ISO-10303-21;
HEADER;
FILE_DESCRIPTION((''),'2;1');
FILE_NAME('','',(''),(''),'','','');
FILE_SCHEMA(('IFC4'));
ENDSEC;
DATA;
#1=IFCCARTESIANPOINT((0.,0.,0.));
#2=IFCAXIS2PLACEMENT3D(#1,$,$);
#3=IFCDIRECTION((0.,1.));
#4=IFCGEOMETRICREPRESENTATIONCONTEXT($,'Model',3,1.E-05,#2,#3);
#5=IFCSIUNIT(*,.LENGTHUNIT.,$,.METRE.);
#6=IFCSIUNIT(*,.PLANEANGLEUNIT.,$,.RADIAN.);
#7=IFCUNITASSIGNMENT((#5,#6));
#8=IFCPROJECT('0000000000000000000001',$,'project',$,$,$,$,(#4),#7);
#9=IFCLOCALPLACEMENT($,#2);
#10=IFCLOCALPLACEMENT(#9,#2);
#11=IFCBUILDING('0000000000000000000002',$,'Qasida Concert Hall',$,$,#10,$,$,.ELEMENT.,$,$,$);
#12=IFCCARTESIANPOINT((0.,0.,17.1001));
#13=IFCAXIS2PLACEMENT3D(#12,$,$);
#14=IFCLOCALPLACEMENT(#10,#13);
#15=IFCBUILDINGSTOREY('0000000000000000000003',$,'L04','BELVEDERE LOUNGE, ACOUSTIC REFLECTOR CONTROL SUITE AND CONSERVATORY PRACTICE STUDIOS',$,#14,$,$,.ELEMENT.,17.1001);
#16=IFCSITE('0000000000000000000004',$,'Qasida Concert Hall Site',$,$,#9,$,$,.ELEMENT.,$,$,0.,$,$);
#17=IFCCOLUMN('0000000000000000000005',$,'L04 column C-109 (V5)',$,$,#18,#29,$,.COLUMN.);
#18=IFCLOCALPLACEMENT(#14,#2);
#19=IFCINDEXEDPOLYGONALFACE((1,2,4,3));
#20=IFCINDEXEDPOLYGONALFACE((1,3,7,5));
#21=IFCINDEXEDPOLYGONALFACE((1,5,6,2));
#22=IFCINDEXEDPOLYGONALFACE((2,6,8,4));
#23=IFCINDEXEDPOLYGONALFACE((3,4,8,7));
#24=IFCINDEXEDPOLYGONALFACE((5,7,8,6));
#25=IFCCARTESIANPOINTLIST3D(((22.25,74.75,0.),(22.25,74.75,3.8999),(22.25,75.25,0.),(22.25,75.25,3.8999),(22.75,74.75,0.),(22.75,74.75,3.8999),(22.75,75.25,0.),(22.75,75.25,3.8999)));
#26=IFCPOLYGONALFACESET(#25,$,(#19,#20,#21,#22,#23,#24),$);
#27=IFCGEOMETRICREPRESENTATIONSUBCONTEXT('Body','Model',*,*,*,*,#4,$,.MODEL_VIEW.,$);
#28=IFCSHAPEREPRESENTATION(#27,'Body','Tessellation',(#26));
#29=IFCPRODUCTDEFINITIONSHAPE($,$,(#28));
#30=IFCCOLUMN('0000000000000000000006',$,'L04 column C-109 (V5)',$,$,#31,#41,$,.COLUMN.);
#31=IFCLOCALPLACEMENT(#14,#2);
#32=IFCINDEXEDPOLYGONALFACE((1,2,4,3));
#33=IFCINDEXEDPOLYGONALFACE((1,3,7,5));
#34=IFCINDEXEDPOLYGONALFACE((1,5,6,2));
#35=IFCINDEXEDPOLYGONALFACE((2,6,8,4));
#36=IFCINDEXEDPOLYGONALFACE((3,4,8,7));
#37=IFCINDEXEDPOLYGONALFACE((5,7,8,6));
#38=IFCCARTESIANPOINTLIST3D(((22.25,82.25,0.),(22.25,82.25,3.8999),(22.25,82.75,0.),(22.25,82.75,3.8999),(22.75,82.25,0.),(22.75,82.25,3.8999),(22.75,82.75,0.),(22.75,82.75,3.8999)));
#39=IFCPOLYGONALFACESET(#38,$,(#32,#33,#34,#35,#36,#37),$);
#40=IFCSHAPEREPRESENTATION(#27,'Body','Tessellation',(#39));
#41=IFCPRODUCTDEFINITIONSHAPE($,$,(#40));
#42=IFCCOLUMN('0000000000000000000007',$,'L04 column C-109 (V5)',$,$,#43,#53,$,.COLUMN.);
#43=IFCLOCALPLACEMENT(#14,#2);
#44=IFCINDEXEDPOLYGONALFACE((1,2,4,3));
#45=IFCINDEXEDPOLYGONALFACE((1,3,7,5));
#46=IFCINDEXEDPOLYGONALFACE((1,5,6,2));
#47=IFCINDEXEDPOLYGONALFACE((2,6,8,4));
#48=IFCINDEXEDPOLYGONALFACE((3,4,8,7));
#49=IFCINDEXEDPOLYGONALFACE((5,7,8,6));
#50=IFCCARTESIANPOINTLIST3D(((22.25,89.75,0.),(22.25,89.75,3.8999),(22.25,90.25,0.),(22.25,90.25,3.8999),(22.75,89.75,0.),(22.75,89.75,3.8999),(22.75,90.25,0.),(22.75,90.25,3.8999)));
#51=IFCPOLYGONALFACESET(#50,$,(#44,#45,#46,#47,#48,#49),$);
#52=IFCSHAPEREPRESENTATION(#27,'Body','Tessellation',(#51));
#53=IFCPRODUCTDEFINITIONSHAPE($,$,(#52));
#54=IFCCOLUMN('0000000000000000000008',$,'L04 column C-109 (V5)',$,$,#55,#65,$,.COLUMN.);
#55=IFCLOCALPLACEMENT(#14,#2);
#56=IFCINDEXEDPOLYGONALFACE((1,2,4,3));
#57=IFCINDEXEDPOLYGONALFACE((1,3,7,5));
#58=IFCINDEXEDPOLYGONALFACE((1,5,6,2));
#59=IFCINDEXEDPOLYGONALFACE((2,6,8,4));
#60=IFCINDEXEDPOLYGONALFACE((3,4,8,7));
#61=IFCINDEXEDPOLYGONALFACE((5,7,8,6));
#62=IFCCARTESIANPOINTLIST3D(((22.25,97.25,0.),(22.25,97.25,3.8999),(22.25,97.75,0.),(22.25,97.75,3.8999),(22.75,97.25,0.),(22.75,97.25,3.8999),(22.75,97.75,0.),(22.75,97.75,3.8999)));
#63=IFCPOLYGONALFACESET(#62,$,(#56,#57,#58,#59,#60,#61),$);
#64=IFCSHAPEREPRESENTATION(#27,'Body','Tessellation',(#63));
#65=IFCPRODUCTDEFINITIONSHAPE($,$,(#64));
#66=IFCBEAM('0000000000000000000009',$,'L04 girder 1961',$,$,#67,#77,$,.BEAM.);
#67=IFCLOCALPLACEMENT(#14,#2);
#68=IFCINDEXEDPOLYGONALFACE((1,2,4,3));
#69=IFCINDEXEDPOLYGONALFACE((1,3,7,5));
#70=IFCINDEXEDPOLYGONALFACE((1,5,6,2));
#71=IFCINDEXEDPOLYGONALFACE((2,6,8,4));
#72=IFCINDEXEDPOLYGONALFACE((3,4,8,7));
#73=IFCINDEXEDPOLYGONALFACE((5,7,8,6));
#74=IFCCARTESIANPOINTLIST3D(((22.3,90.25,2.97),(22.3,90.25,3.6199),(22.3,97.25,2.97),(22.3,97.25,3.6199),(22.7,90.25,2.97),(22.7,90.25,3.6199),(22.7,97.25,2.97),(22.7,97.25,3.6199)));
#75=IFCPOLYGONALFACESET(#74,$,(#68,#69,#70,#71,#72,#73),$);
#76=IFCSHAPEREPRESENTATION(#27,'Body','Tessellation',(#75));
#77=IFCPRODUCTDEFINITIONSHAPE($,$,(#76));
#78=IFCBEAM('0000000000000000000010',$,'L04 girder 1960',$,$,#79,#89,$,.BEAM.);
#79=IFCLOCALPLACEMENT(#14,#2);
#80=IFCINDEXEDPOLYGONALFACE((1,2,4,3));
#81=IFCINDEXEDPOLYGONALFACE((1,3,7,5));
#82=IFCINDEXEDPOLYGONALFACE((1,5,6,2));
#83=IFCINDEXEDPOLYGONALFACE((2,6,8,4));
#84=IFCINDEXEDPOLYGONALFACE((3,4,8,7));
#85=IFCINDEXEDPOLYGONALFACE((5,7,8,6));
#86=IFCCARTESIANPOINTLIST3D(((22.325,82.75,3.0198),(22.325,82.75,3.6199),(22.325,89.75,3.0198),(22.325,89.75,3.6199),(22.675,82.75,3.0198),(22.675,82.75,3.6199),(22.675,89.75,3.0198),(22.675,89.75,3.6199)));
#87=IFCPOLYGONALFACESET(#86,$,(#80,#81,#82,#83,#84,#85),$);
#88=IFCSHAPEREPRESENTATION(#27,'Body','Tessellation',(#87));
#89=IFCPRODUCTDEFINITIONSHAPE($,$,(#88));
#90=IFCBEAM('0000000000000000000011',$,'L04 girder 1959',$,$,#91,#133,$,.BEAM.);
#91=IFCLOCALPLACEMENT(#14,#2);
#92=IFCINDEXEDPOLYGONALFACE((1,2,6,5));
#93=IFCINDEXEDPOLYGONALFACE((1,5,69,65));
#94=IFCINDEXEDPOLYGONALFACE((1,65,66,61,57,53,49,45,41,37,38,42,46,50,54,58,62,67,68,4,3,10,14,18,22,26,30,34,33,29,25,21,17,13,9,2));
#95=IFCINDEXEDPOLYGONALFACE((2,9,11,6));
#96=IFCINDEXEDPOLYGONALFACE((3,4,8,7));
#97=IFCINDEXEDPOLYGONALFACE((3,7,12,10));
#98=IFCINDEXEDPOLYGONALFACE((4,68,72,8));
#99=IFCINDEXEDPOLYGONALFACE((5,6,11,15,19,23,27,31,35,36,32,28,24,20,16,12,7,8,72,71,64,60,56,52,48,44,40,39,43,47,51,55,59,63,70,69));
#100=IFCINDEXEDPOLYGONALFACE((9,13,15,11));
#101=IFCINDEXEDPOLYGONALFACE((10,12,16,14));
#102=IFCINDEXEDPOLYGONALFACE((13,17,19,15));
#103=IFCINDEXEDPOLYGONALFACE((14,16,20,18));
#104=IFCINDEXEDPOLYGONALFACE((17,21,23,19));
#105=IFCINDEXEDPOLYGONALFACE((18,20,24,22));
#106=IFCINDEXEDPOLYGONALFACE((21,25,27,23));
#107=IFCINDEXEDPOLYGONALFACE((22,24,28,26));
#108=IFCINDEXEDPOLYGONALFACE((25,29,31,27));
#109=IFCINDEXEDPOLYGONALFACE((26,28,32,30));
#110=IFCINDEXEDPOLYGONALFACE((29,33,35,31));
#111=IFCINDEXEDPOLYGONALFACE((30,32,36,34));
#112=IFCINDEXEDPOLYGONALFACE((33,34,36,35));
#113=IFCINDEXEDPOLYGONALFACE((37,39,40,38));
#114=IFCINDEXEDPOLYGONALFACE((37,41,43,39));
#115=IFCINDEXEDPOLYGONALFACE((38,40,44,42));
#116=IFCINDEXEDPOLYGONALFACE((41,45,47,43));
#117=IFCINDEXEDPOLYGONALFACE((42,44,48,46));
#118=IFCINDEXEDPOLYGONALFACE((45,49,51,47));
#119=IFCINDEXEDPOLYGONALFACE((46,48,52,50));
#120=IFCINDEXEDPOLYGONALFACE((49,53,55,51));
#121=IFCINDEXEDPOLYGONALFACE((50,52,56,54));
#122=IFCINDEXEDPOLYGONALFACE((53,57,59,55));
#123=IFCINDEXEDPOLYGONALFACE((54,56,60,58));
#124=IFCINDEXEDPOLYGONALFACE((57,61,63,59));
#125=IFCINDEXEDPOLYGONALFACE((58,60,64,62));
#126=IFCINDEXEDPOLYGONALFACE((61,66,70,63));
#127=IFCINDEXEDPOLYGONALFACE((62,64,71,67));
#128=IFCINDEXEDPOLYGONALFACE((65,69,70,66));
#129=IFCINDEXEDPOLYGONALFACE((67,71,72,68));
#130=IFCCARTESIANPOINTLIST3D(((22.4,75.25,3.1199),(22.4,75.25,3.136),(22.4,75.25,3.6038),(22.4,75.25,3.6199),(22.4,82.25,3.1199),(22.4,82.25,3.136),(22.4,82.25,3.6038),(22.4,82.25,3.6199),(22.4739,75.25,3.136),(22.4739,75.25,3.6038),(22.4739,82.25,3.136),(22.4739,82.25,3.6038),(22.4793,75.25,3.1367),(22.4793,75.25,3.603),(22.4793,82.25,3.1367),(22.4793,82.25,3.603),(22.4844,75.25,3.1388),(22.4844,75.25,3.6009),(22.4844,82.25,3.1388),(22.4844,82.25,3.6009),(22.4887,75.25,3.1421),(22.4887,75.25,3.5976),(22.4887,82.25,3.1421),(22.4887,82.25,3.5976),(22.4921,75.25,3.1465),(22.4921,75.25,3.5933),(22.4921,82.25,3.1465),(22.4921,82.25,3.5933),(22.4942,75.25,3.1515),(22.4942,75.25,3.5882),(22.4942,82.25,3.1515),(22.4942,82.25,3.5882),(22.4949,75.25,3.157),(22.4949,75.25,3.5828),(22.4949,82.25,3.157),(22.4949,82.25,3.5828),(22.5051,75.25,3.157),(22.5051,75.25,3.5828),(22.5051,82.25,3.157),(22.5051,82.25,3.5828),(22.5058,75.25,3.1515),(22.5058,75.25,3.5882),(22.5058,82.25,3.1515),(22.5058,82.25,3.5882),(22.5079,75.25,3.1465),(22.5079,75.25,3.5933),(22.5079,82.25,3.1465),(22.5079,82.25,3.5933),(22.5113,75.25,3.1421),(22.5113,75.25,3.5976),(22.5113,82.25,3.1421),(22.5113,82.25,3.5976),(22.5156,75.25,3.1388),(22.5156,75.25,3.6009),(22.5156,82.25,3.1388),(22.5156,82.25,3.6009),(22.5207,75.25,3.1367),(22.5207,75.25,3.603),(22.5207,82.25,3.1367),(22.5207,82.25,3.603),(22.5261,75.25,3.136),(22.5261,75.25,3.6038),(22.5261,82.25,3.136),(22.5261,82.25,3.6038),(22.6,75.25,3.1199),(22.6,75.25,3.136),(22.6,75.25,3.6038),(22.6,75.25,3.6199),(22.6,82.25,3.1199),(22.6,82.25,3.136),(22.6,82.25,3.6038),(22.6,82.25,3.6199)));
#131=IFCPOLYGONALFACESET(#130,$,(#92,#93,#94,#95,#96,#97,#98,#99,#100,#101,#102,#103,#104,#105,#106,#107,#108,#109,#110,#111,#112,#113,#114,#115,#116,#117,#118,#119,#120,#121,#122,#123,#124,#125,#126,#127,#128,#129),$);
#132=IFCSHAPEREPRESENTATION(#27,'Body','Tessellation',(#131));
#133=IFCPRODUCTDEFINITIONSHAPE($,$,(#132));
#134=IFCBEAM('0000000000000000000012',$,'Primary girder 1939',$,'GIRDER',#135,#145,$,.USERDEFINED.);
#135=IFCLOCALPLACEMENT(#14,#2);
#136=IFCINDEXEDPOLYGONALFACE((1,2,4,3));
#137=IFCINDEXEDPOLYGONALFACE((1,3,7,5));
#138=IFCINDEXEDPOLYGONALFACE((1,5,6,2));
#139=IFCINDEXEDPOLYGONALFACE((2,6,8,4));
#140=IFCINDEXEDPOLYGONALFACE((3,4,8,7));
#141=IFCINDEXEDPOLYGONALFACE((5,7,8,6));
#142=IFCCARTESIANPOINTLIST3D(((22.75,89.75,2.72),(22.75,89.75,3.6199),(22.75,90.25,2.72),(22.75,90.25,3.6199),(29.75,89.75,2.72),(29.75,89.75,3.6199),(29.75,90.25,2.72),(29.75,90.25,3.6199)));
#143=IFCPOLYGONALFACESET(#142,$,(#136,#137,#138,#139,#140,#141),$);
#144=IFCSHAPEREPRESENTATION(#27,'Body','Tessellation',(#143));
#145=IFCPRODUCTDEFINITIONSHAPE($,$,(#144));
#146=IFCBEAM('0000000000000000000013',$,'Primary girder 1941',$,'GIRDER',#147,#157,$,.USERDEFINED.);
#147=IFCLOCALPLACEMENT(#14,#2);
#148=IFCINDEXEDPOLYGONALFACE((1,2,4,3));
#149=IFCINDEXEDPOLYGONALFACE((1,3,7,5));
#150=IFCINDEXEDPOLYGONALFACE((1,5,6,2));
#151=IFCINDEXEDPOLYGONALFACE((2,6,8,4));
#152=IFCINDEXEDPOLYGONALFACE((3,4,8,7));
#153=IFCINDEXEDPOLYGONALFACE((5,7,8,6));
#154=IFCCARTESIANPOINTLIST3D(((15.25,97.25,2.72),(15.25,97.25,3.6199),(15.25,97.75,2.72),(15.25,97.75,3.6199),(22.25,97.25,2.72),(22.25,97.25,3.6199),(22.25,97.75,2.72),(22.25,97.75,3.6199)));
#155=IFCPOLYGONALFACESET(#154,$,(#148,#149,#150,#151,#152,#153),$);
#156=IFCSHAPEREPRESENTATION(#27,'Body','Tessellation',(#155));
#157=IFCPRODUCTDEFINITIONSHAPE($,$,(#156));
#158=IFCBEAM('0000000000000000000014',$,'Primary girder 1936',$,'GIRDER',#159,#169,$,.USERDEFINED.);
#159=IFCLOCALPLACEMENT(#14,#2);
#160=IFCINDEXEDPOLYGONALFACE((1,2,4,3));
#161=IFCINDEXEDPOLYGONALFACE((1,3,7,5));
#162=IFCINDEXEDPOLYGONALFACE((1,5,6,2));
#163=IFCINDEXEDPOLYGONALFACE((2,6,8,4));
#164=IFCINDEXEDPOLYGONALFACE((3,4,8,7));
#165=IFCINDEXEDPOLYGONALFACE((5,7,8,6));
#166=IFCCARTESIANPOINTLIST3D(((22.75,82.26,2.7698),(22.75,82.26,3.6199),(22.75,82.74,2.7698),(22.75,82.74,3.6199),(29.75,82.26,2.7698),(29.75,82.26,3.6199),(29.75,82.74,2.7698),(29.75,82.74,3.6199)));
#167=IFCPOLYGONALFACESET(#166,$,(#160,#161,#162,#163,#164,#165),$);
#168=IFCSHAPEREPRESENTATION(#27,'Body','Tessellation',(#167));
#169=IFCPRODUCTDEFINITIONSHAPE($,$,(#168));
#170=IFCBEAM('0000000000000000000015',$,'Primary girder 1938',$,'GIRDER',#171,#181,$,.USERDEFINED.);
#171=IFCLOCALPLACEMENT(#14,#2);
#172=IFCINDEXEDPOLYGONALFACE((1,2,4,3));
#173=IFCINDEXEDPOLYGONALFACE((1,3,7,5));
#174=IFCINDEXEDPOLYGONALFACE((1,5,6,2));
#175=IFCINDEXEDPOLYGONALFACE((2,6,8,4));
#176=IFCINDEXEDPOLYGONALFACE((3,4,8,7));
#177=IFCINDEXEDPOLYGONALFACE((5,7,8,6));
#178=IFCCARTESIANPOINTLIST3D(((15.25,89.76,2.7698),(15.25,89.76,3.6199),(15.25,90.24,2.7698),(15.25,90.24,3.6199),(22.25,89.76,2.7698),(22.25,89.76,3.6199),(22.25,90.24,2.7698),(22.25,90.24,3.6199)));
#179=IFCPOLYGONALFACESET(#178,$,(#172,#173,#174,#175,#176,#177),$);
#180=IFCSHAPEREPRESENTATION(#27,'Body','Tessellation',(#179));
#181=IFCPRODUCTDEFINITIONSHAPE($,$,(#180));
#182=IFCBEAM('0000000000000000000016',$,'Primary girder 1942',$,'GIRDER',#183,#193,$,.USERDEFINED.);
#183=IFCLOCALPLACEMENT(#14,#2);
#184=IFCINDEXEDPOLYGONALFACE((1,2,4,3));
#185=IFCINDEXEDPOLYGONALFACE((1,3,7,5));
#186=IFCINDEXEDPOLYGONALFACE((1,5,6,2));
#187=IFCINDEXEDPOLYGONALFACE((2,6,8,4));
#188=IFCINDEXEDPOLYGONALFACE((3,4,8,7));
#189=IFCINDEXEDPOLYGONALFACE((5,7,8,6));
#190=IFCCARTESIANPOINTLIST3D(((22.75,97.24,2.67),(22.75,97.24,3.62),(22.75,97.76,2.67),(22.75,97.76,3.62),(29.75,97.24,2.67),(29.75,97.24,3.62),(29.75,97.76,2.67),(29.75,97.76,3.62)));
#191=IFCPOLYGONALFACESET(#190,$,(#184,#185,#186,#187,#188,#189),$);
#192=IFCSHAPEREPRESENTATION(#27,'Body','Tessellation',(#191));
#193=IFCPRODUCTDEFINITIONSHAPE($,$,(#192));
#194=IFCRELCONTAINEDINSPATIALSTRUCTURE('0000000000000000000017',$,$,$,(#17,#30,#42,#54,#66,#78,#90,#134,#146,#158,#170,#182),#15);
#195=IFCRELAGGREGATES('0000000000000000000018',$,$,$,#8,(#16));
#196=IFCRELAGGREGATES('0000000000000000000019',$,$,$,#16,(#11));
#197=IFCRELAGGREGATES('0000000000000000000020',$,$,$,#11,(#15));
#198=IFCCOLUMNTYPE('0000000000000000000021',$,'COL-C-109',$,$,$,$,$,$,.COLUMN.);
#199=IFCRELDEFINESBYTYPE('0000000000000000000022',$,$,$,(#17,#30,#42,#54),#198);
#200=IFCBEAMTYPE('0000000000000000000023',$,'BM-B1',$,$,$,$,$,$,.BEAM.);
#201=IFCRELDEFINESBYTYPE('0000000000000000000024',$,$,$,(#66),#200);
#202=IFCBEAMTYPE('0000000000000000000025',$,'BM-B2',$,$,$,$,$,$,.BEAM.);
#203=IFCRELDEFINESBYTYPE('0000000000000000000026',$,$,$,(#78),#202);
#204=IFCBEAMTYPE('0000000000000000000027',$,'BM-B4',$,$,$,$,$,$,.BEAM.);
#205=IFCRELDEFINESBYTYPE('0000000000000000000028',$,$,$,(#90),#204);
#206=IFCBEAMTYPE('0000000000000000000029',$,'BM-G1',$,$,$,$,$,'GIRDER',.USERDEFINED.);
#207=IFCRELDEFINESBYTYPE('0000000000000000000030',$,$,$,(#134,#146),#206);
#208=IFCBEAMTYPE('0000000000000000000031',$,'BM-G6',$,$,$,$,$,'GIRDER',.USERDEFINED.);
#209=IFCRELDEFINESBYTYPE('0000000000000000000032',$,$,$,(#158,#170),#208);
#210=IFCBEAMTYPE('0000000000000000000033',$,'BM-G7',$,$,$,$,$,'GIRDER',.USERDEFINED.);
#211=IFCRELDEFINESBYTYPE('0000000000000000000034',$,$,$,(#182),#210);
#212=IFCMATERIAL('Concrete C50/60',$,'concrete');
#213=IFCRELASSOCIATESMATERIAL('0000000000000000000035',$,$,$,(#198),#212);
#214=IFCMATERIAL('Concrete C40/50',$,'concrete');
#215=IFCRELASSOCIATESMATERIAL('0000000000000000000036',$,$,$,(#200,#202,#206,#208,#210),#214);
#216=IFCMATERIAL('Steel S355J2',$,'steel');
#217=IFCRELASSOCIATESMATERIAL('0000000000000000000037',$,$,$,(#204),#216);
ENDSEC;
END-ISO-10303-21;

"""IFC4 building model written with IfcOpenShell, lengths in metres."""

from ifc_helpers import new_model, si_unit, direction, frame, origin, origin_2d, place, context, subcontext, project, spatial, rectangle, i_section, extrude, material, material_profile, profile_set, type_object, element, save


model = new_model("IFC4")

# Units and contexts
model_context = context("Model", 3, precision=1e-05, world=origin(), true_north=direction((0.0, 1.0)))
body_context = subcontext(model_context, "Body", "Model", "MODEL_VIEW")
ifc_project = project(units=[si_unit("LENGTHUNIT", "METRE"), si_unit("PLANEANGLEUNIT", "RADIAN")], contexts=[model_context])

# Site, building, storey
site_placement = place(None, origin())
site = spatial("IfcSite", under=ifc_project, at=site_placement, Name="Qasida Concert Hall Site", CompositionType="ELEMENT", RefElevation=0.0)
building_placement = place(site_placement, origin())
building = spatial("IfcBuilding", under=site, at=building_placement, Name="Qasida Concert Hall", CompositionType="ELEMENT")
storey_placement = place(building_placement, frame((0.0, 0.0, 17.1001)))
storey = spatial("IfcBuildingStorey", under=building, at=storey_placement, Name="L04", Description="BELVEDERE LOUNGE, ACOUSTIC REFLECTOR CONTROL SUITE AND CONSERVATORY PRACTICE STUDIOS", CompositionType="ELEMENT", Elevation=17.1001)

# Columns
ifc_material_1 = material(Name="Concrete C50/60", Category="concrete")
ifc_material_profile_1 = material_profile(ifc_material_1, rectangle(XDim=0.5, YDim=0.5, at=origin_2d()), Name="RC 500x500")
ifc_profile_set_1 = profile_set([ifc_material_profile_1], Name="Concrete C50/60")
column_type = type_object("IfcColumnType", Name="COL-C-109", PredefinedType="COLUMN", material=ifc_profile_set_1)
for number, where, z_axis, x_axis, name in (
    (1, (22.5, 75.0, 0.0), (0.0, 0.0, 1.0), (1.0, 0.0, 0.0), "L04 column C-109 (V5)"),
    (2, (22.5, 82.5, 0.0), (0.0, 0.0, 1.0), (1.0, 0.0, 0.0), "L04 column C-109 (V5)"),
    (3, (22.5, 90.0, 0.0), (0.0, 0.0, 1.0), (1.0, 0.0, 0.0), "L04 column C-109 (V5)"),
    (4, (22.5, 97.5, 0.0), (0.0, 0.0, 1.0), (1.0, 0.0, 0.0), "L04 column C-109 (V5)"),
):
    element("IfcColumn", number, at=place(storey_placement, frame(where, z_axis=z_axis, x_axis=x_axis)), inside=storey, type_object=column_type, Name=name, PredefinedType="COLUMN", context=body_context, shape_type="SweptSolid", body=[
        extrude(rectangle(XDim=0.5, YDim=0.5, at=origin_2d()), origin(), (0.0, 0.0, 1.0), 3.8999),
    ])

# Beams
ifc_material_2 = material(Name="Concrete C40/50", Category="concrete")
ifc_material_profile_2 = material_profile(ifc_material_2, rectangle(XDim=0.3999, YDim=0.6499, at=origin_2d()), Name="RC 400x650")
ifc_profile_set_2 = profile_set([ifc_material_profile_2], Name="Concrete C40/50")
beam_type_1 = type_object("IfcBeamType", Name="BM-B1", PredefinedType="BEAM", material=ifc_profile_set_2)
beam_1_placement = place(storey_placement, frame((22.5, 90.25, 3.2949), z_axis=(0.0, 1.0, 0.0), x_axis=(-1.0, 0.0, 0.0)))
element("IfcBeam", 5, at=beam_1_placement, inside=storey, type_object=beam_type_1, Name="L04 girder 1961", PredefinedType="BEAM", context=body_context, shape_type="SweptSolid", body=[
    extrude(rectangle(XDim=0.3999, YDim=0.6499, at=origin_2d()), origin(), (0.0, 0.0, 1.0), 7.0),
])
ifc_material_profile_3 = material_profile(ifc_material_2, rectangle(XDim=0.3501, YDim=0.6001, at=origin_2d()), Name="RC 350x600")
ifc_profile_set_3 = profile_set([ifc_material_profile_3], Name="Concrete C40/50")
beam_type_2 = type_object("IfcBeamType", Name="BM-B2", PredefinedType="BEAM", material=ifc_profile_set_3)
beam_2_placement = place(storey_placement, frame((22.5, 82.75, 3.3198), z_axis=(0.0, 1.0, 0.0), x_axis=(-1.0, 0.0, 0.0)))
element("IfcBeam", 6, at=beam_2_placement, inside=storey, type_object=beam_type_2, Name="L04 girder 1960", PredefinedType="BEAM", context=body_context, shape_type="SweptSolid", body=[
    extrude(rectangle(XDim=0.3501, YDim=0.6001, at=origin_2d()), origin(), (0.0, 0.0, 1.0), 7.0),
])
ifc_material_3 = material(Name="Steel S355J2", Category="steel")
ifc_material_profile_4 = material_profile(ifc_material_3, i_section(OverallWidth=0.2, OverallDepth=0.5, WebThickness=0.0103, FlangeThickness=0.0161, FilletRadius=0.021, at=origin_2d()), Name="IPE 500")
ifc_profile_set_4 = profile_set([ifc_material_profile_4], Name="Steel S355J2")
beam_type_3 = type_object("IfcBeamType", Name="BM-B4", PredefinedType="BEAM", material=ifc_profile_set_4)
beam_3_placement = place(storey_placement, frame((22.5, 75.25, 3.3699), z_axis=(0.0, 1.0, 0.0), x_axis=(-1.0, 0.0, 0.0)))
element("IfcBeam", 7, at=beam_3_placement, inside=storey, type_object=beam_type_3, Name="L04 girder 1959", PredefinedType="BEAM", context=body_context, shape_type="SweptSolid", body=[
    extrude(i_section(OverallWidth=0.2, OverallDepth=0.5, WebThickness=0.0103, FlangeThickness=0.0161, FilletRadius=0.021, at=origin_2d()), origin(), (0.0, 0.0, 1.0), 7.0),
])
ifc_material_profile_5 = material_profile(ifc_material_2, rectangle(XDim=0.5, YDim=0.8999, at=origin_2d()), Name="RC 500x900")
ifc_profile_set_5 = profile_set([ifc_material_profile_5], Name="Concrete C40/50")
beam_type_4 = type_object("IfcBeamType", Name="BM-G1", ElementType="GIRDER", PredefinedType="USERDEFINED", material=ifc_profile_set_5)
for number, where, z_axis, x_axis, name in (
    (8, (22.75, 90.0, 3.1699), (1.0, 0.0, 0.0), (0.0, 1.0, 0.0), "Primary girder 1939"),
    (9, (15.25, 97.5, 3.1699), (1.0, 0.0, 0.0), (0.0, 1.0, 0.0), "Primary girder 1941"),
):
    element("IfcBeam", number, at=place(storey_placement, frame(where, z_axis=z_axis, x_axis=x_axis)), inside=storey, type_object=beam_type_4, Name=name, ObjectType="GIRDER", PredefinedType="USERDEFINED", context=body_context, shape_type="SweptSolid", body=[
        extrude(rectangle(XDim=0.5, YDim=0.8999, at=origin_2d()), origin(), (0.0, 0.0, 1.0), 7.0),
    ])
ifc_material_profile_6 = material_profile(ifc_material_2, rectangle(XDim=0.48, YDim=0.8501, at=origin_2d()), Name="RC 480x850")
ifc_profile_set_6 = profile_set([ifc_material_profile_6], Name="Concrete C40/50")
beam_type_5 = type_object("IfcBeamType", Name="BM-G6", ElementType="GIRDER", PredefinedType="USERDEFINED", material=ifc_profile_set_6)
for number, where, z_axis, x_axis, name in (
    (10, (22.75, 82.5, 3.1948), (1.0, 0.0, 0.0), (0.0, 1.0, 0.0), "Primary girder 1936"),
    (11, (15.25, 90.0, 3.1948), (1.0, 0.0, 0.0), (0.0, 1.0, 0.0), "Primary girder 1938"),
):
    element("IfcBeam", number, at=place(storey_placement, frame(where, z_axis=z_axis, x_axis=x_axis)), inside=storey, type_object=beam_type_5, Name=name, ObjectType="GIRDER", PredefinedType="USERDEFINED", context=body_context, shape_type="SweptSolid", body=[
        extrude(rectangle(XDim=0.48, YDim=0.8501, at=origin_2d()), origin(), (0.0, 0.0, 1.0), 7.0),
    ])
ifc_material_profile_7 = material_profile(ifc_material_2, rectangle(XDim=0.52, YDim=0.95, at=origin_2d()), Name="RC 520x950")
ifc_profile_set_7 = profile_set([ifc_material_profile_7], Name="Concrete C40/50")
beam_type_6 = type_object("IfcBeamType", Name="BM-G7", ElementType="GIRDER", PredefinedType="USERDEFINED", material=ifc_profile_set_7)
beam_4_placement = place(storey_placement, frame((22.75, 97.5, 3.145), z_axis=(1.0, 0.0, 0.0), x_axis=(0.0, 1.0, 0.0)))
element("IfcBeam", 12, at=beam_4_placement, inside=storey, type_object=beam_type_6, Name="Primary girder 1942", ObjectType="GIRDER", PredefinedType="USERDEFINED", context=body_context, shape_type="SweptSolid", body=[
    extrude(rectangle(XDim=0.52, YDim=0.95, at=origin_2d()), origin(), (0.0, 0.0, 1.0), 7.0),
])

save(model, "model.ifc")
